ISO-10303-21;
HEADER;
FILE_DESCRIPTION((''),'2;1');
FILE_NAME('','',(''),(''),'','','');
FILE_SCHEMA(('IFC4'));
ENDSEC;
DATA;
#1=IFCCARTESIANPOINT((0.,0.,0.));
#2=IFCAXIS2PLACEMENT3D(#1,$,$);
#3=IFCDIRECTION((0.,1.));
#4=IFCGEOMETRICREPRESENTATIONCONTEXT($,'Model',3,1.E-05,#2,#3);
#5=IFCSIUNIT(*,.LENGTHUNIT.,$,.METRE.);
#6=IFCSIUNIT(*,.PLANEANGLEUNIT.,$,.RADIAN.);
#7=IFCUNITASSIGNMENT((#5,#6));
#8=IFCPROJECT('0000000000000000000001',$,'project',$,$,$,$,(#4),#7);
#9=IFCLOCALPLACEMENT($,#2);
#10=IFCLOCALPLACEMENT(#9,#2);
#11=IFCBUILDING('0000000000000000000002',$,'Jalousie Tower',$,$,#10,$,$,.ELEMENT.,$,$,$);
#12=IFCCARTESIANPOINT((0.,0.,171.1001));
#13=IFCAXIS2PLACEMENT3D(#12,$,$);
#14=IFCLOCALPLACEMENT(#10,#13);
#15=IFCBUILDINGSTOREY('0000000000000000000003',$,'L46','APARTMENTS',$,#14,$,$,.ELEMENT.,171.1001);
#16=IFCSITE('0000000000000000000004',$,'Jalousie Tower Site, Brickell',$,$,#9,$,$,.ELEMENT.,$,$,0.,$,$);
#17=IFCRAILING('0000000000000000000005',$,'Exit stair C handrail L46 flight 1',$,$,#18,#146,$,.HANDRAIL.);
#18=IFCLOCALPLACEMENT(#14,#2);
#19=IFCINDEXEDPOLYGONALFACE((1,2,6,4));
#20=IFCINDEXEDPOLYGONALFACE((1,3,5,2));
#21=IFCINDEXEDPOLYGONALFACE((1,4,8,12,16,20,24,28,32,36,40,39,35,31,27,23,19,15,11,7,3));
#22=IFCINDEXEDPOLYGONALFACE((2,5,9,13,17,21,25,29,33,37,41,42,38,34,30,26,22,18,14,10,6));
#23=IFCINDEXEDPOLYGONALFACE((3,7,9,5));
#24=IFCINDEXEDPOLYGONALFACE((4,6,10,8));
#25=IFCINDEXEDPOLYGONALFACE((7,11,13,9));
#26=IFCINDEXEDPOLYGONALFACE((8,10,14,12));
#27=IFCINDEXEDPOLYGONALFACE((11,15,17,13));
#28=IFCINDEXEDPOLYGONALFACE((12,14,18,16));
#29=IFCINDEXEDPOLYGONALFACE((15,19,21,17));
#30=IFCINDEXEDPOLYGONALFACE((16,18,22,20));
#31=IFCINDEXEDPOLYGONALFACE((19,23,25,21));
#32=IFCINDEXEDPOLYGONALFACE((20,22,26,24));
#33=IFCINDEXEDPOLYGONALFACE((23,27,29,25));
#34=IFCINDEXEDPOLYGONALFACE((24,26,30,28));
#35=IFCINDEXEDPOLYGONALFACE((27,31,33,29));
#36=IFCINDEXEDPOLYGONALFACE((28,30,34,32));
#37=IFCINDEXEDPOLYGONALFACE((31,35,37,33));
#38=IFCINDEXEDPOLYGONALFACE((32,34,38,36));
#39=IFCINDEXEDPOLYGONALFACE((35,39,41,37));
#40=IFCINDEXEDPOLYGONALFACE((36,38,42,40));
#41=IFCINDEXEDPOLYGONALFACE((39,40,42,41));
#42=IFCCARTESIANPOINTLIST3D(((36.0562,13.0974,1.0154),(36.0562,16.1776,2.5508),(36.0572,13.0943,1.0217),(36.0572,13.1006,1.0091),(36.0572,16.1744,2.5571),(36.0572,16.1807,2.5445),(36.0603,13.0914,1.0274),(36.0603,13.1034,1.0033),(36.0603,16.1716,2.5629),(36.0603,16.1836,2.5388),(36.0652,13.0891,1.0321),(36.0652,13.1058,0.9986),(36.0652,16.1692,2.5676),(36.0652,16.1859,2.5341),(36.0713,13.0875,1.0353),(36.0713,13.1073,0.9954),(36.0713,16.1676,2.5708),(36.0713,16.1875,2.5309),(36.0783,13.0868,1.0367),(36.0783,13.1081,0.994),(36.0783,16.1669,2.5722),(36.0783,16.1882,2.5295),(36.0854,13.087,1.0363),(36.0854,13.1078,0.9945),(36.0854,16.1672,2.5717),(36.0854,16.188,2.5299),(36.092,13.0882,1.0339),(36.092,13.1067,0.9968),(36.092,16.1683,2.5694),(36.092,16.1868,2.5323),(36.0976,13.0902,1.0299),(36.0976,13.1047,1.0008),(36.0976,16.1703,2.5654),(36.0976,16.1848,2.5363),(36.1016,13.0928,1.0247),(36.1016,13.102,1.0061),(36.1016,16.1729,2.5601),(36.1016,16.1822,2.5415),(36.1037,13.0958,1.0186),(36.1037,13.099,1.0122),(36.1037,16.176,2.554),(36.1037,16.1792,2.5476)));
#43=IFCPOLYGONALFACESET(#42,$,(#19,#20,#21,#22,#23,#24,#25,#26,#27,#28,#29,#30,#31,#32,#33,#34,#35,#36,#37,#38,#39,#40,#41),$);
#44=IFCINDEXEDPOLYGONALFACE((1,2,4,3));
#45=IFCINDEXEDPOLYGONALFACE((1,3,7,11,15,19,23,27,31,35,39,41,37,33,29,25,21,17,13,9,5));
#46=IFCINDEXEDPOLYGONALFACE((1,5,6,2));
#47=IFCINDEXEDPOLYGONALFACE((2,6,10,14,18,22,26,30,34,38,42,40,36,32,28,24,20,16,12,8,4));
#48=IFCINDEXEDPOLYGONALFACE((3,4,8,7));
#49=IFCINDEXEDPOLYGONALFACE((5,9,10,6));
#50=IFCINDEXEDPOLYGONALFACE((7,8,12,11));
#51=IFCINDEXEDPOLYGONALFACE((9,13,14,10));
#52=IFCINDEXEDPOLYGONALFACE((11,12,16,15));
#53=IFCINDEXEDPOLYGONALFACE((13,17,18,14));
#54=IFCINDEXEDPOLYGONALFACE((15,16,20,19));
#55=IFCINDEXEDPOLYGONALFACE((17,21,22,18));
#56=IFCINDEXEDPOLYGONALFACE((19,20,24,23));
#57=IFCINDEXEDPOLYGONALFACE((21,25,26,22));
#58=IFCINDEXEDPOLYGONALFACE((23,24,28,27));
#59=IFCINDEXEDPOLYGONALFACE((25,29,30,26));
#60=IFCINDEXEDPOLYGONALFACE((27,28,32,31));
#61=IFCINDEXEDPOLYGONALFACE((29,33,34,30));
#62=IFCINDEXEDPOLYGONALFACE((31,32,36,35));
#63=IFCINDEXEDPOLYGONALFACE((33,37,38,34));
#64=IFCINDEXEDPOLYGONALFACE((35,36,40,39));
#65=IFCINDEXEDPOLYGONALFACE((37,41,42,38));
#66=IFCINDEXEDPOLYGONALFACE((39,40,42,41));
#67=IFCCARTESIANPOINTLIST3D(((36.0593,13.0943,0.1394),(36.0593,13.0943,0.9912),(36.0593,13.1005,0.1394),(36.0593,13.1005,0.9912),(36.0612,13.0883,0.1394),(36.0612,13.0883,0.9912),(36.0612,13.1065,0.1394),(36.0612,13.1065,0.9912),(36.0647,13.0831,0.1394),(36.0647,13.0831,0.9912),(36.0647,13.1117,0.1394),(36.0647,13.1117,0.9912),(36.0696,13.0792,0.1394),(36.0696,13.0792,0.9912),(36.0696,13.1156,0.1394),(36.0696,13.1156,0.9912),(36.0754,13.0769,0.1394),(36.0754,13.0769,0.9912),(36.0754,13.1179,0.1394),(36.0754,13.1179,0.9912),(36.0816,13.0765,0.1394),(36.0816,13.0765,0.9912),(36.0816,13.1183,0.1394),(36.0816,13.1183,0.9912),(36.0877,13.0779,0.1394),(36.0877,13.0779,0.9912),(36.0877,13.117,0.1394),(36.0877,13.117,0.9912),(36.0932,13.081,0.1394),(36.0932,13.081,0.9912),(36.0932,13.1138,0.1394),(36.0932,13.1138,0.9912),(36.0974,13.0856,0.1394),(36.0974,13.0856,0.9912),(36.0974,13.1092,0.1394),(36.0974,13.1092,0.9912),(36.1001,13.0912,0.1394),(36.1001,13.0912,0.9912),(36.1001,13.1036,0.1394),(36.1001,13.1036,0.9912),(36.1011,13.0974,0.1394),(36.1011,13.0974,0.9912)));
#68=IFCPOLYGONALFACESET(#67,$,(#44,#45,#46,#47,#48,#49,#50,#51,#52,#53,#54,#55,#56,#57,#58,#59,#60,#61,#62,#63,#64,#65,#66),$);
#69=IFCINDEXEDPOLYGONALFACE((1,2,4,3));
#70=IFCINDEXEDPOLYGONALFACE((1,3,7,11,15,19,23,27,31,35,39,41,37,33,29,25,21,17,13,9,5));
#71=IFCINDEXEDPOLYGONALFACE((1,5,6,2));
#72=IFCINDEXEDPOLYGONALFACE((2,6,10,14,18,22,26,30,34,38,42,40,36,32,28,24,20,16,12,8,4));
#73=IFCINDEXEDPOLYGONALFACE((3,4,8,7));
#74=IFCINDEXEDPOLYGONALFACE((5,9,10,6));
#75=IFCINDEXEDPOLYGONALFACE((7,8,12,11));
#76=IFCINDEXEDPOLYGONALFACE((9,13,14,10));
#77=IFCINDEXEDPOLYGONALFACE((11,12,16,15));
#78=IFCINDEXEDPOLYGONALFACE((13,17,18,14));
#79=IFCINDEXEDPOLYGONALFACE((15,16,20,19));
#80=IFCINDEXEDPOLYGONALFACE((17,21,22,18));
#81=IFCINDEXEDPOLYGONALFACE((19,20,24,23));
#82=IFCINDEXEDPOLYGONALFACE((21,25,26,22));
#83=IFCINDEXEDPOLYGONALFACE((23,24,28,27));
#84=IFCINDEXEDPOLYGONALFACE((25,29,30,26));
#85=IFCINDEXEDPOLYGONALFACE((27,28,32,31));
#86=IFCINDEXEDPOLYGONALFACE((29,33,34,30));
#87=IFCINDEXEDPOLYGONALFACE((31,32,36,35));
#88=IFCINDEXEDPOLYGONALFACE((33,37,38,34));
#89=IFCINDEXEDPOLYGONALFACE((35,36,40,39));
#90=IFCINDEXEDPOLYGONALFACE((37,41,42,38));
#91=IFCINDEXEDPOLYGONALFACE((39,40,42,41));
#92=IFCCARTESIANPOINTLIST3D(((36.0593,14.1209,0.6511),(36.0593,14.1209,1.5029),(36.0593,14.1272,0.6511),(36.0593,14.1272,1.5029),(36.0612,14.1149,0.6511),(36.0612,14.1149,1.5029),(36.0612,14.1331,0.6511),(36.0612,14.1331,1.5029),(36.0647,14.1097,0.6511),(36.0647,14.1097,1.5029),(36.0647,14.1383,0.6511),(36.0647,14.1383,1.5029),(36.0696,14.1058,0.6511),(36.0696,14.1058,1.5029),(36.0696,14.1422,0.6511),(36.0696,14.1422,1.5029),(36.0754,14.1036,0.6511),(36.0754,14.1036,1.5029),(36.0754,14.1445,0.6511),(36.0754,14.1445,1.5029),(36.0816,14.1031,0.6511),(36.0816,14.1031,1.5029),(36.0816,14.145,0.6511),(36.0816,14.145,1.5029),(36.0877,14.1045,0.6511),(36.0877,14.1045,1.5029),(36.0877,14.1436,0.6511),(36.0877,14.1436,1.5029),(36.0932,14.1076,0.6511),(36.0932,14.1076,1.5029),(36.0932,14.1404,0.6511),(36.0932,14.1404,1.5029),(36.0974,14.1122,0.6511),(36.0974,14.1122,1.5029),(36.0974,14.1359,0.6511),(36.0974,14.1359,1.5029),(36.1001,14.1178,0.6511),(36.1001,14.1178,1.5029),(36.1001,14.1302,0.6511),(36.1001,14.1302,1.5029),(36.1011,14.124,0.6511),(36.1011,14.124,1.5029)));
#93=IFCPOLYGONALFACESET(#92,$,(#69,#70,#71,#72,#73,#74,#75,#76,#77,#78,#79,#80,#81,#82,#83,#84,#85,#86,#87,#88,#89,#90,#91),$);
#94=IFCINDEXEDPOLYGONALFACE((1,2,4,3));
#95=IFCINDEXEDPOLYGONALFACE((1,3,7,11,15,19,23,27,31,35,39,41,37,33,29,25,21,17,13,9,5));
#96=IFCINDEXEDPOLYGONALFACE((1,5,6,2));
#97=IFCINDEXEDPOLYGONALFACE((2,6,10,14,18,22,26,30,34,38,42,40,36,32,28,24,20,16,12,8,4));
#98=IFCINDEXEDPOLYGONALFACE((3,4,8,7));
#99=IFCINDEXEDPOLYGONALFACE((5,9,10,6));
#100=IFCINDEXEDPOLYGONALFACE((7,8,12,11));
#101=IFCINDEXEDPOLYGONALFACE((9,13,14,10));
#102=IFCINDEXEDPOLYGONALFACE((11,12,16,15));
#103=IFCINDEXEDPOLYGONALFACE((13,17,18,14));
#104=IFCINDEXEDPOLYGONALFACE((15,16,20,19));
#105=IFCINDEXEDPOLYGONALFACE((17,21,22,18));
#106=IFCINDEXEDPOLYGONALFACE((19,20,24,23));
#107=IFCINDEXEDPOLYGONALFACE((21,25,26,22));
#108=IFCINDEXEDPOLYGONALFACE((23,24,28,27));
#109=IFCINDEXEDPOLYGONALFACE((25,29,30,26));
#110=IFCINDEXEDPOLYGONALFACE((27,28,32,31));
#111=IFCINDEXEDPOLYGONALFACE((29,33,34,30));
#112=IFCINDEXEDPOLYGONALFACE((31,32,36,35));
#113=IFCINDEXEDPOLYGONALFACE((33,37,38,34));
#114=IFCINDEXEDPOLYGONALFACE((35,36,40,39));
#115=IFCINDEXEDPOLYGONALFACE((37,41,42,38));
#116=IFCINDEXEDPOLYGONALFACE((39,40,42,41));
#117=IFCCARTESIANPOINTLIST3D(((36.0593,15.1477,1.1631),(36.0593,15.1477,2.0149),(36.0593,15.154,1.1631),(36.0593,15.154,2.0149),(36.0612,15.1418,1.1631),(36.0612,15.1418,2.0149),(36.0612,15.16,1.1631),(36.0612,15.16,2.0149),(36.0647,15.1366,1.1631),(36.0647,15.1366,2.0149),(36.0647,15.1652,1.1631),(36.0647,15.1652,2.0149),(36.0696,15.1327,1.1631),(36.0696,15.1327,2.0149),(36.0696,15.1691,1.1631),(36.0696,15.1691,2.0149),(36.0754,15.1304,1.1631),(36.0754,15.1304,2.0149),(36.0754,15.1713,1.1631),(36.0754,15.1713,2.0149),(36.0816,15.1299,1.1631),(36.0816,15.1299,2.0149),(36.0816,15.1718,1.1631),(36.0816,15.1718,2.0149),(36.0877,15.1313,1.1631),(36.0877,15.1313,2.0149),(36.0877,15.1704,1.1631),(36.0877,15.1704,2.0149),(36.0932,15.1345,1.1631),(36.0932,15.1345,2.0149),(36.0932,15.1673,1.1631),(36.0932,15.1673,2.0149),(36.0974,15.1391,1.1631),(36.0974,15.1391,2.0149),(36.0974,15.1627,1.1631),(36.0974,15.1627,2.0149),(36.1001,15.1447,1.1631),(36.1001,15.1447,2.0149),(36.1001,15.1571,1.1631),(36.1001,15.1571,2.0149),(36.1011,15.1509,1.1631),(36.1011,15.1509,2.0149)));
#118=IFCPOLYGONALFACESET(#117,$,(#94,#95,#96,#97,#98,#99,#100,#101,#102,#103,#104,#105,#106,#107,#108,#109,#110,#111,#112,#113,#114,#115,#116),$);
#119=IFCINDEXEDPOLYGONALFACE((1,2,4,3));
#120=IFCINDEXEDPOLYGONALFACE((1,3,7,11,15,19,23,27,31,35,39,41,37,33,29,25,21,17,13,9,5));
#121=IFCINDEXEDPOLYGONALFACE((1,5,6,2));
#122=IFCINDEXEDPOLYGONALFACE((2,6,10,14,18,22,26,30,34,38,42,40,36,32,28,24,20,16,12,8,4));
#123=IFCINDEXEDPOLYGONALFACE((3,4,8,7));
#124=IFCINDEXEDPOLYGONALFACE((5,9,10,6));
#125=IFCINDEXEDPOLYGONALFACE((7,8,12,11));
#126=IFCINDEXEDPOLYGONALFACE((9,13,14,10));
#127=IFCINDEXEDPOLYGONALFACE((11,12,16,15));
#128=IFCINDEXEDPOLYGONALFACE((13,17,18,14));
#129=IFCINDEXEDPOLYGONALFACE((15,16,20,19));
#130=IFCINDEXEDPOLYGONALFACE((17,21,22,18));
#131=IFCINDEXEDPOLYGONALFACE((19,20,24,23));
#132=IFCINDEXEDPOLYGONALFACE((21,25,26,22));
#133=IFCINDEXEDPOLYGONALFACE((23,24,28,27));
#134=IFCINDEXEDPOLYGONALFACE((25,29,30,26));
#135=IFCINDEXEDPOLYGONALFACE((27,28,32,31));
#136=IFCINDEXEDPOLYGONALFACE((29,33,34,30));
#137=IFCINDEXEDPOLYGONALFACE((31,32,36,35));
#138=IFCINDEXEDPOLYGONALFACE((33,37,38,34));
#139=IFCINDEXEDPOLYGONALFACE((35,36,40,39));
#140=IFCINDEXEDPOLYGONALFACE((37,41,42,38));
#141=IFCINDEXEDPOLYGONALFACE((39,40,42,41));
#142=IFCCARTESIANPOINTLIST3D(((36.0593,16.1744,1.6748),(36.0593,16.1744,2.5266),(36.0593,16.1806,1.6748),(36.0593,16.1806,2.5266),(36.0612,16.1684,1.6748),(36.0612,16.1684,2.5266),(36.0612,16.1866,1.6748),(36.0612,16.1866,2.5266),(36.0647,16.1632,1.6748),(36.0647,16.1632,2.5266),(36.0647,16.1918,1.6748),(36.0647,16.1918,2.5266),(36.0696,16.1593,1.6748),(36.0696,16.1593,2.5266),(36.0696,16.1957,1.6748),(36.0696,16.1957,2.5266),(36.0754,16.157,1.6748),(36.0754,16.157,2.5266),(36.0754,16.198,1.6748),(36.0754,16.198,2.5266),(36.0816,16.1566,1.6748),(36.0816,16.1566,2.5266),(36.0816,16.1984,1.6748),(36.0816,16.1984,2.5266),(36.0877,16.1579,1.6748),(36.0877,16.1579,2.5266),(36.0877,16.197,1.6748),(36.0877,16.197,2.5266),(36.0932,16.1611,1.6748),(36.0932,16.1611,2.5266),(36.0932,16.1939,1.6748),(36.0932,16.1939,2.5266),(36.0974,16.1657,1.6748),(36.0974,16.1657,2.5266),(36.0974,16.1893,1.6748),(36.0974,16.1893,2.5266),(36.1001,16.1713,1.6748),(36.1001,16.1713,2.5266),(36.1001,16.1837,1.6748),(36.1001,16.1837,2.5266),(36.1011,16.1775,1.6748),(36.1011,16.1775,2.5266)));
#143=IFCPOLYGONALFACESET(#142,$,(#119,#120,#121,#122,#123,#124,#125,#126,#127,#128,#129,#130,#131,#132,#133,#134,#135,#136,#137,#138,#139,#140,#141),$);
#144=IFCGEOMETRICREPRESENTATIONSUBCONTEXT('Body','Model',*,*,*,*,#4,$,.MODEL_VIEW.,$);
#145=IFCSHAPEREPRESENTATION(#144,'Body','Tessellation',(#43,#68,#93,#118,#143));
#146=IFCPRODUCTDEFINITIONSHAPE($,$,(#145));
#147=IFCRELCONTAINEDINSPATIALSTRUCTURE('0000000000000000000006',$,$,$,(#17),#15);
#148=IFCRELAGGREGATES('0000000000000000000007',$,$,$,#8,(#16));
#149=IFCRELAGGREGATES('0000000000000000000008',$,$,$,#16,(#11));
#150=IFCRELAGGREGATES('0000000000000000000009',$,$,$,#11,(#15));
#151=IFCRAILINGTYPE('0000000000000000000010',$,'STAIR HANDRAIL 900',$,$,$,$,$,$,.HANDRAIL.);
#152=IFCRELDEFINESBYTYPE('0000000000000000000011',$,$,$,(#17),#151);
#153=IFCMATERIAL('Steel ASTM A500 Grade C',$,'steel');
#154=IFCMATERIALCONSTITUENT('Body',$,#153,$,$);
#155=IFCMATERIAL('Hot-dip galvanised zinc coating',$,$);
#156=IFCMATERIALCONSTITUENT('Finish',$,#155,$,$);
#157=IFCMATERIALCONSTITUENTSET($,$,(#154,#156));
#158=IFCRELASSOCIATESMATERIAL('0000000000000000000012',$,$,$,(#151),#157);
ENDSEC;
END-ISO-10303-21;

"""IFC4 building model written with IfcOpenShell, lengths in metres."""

from ifc_helpers import new_model, si_unit, direction, frame, origin, origin_2d, place, context, subcontext, project, spatial, circle, extrude, material, constituent, constituent_set, type_object, element, save


model = new_model("IFC4")

# Units and contexts
model_context = context("Model", 3, precision=1e-05, world=origin(), true_north=direction((0.0, 1.0)))
body_context = subcontext(model_context, "Body", "Model", "MODEL_VIEW")
ifc_project = project(units=[si_unit("LENGTHUNIT", "METRE"), si_unit("PLANEANGLEUNIT", "RADIAN")], contexts=[model_context])

# Site, building, storey
site_placement = place(None, origin())
site = spatial("IfcSite", under=ifc_project, at=site_placement, Name="Jalousie Tower Site, Brickell", CompositionType="ELEMENT", RefElevation=0.0)
building_placement = place(site_placement, origin())
building = spatial("IfcBuilding", under=site, at=building_placement, Name="Jalousie Tower", CompositionType="ELEMENT")
storey_placement = place(building_placement, frame((0.0, 0.0, 171.1001)))
storey = spatial("IfcBuildingStorey", under=building, at=storey_placement, Name="L46", Description="APARTMENTS", CompositionType="ELEMENT", Elevation=171.1001)

# Railing
ifc_material_1 = material(Name="Steel ASTM A500 Grade C", Category="steel")
ifc_constituent_1 = constituent(ifc_material_1, Name="Body")
ifc_material_2 = material(Name="Hot-dip galvanised zinc coating")
ifc_constituent_2 = constituent(ifc_material_2, Name="Finish")
ifc_constituent_set_1 = constituent_set(constituents=[ifc_constituent_1, ifc_constituent_2])
railing_type = type_object("IfcRailingType", Name="STAIR HANDRAIL 900", PredefinedType="HANDRAIL", material=ifc_constituent_set_1)
railing_placement = place(storey_placement, frame((36.0801, 13.0974, 0.1394)))
element("IfcRailing", 1, at=railing_placement, inside=storey, type_object=railing_type, Name="Exit stair C handrail L46 flight 1", PredefinedType="HANDRAIL", context=body_context, shape_type="SweptSolid", body=[
    extrude(circle(Radius=0.0239, at=origin_2d()), frame((0.0, 0.0, 0.876), z_axis=(0.0, 0.894966, 0.446135), x_axis=(-1.0, 0.0, 0.0)), (0.0, 0.0, 1.0), 3.4417),
    extrude(circle(Radius=0.021, at=origin_2d()), origin(), (0.0, 0.0, 1.0), 0.8518),
    extrude(circle(Radius=0.021, at=origin_2d()), frame((0.0, 1.0266, 0.5117)), (0.0, 0.0, 1.0), 0.8518),
    extrude(circle(Radius=0.021, at=origin_2d()), frame((0.0, 2.0535, 1.0237)), (0.0, 0.0, 1.0), 0.8518),
    extrude(circle(Radius=0.021, at=origin_2d()), frame((0.0, 3.0801, 1.5354)), (0.0, 0.0, 1.0), 0.8518),
])

save(model, "model.ifc")
